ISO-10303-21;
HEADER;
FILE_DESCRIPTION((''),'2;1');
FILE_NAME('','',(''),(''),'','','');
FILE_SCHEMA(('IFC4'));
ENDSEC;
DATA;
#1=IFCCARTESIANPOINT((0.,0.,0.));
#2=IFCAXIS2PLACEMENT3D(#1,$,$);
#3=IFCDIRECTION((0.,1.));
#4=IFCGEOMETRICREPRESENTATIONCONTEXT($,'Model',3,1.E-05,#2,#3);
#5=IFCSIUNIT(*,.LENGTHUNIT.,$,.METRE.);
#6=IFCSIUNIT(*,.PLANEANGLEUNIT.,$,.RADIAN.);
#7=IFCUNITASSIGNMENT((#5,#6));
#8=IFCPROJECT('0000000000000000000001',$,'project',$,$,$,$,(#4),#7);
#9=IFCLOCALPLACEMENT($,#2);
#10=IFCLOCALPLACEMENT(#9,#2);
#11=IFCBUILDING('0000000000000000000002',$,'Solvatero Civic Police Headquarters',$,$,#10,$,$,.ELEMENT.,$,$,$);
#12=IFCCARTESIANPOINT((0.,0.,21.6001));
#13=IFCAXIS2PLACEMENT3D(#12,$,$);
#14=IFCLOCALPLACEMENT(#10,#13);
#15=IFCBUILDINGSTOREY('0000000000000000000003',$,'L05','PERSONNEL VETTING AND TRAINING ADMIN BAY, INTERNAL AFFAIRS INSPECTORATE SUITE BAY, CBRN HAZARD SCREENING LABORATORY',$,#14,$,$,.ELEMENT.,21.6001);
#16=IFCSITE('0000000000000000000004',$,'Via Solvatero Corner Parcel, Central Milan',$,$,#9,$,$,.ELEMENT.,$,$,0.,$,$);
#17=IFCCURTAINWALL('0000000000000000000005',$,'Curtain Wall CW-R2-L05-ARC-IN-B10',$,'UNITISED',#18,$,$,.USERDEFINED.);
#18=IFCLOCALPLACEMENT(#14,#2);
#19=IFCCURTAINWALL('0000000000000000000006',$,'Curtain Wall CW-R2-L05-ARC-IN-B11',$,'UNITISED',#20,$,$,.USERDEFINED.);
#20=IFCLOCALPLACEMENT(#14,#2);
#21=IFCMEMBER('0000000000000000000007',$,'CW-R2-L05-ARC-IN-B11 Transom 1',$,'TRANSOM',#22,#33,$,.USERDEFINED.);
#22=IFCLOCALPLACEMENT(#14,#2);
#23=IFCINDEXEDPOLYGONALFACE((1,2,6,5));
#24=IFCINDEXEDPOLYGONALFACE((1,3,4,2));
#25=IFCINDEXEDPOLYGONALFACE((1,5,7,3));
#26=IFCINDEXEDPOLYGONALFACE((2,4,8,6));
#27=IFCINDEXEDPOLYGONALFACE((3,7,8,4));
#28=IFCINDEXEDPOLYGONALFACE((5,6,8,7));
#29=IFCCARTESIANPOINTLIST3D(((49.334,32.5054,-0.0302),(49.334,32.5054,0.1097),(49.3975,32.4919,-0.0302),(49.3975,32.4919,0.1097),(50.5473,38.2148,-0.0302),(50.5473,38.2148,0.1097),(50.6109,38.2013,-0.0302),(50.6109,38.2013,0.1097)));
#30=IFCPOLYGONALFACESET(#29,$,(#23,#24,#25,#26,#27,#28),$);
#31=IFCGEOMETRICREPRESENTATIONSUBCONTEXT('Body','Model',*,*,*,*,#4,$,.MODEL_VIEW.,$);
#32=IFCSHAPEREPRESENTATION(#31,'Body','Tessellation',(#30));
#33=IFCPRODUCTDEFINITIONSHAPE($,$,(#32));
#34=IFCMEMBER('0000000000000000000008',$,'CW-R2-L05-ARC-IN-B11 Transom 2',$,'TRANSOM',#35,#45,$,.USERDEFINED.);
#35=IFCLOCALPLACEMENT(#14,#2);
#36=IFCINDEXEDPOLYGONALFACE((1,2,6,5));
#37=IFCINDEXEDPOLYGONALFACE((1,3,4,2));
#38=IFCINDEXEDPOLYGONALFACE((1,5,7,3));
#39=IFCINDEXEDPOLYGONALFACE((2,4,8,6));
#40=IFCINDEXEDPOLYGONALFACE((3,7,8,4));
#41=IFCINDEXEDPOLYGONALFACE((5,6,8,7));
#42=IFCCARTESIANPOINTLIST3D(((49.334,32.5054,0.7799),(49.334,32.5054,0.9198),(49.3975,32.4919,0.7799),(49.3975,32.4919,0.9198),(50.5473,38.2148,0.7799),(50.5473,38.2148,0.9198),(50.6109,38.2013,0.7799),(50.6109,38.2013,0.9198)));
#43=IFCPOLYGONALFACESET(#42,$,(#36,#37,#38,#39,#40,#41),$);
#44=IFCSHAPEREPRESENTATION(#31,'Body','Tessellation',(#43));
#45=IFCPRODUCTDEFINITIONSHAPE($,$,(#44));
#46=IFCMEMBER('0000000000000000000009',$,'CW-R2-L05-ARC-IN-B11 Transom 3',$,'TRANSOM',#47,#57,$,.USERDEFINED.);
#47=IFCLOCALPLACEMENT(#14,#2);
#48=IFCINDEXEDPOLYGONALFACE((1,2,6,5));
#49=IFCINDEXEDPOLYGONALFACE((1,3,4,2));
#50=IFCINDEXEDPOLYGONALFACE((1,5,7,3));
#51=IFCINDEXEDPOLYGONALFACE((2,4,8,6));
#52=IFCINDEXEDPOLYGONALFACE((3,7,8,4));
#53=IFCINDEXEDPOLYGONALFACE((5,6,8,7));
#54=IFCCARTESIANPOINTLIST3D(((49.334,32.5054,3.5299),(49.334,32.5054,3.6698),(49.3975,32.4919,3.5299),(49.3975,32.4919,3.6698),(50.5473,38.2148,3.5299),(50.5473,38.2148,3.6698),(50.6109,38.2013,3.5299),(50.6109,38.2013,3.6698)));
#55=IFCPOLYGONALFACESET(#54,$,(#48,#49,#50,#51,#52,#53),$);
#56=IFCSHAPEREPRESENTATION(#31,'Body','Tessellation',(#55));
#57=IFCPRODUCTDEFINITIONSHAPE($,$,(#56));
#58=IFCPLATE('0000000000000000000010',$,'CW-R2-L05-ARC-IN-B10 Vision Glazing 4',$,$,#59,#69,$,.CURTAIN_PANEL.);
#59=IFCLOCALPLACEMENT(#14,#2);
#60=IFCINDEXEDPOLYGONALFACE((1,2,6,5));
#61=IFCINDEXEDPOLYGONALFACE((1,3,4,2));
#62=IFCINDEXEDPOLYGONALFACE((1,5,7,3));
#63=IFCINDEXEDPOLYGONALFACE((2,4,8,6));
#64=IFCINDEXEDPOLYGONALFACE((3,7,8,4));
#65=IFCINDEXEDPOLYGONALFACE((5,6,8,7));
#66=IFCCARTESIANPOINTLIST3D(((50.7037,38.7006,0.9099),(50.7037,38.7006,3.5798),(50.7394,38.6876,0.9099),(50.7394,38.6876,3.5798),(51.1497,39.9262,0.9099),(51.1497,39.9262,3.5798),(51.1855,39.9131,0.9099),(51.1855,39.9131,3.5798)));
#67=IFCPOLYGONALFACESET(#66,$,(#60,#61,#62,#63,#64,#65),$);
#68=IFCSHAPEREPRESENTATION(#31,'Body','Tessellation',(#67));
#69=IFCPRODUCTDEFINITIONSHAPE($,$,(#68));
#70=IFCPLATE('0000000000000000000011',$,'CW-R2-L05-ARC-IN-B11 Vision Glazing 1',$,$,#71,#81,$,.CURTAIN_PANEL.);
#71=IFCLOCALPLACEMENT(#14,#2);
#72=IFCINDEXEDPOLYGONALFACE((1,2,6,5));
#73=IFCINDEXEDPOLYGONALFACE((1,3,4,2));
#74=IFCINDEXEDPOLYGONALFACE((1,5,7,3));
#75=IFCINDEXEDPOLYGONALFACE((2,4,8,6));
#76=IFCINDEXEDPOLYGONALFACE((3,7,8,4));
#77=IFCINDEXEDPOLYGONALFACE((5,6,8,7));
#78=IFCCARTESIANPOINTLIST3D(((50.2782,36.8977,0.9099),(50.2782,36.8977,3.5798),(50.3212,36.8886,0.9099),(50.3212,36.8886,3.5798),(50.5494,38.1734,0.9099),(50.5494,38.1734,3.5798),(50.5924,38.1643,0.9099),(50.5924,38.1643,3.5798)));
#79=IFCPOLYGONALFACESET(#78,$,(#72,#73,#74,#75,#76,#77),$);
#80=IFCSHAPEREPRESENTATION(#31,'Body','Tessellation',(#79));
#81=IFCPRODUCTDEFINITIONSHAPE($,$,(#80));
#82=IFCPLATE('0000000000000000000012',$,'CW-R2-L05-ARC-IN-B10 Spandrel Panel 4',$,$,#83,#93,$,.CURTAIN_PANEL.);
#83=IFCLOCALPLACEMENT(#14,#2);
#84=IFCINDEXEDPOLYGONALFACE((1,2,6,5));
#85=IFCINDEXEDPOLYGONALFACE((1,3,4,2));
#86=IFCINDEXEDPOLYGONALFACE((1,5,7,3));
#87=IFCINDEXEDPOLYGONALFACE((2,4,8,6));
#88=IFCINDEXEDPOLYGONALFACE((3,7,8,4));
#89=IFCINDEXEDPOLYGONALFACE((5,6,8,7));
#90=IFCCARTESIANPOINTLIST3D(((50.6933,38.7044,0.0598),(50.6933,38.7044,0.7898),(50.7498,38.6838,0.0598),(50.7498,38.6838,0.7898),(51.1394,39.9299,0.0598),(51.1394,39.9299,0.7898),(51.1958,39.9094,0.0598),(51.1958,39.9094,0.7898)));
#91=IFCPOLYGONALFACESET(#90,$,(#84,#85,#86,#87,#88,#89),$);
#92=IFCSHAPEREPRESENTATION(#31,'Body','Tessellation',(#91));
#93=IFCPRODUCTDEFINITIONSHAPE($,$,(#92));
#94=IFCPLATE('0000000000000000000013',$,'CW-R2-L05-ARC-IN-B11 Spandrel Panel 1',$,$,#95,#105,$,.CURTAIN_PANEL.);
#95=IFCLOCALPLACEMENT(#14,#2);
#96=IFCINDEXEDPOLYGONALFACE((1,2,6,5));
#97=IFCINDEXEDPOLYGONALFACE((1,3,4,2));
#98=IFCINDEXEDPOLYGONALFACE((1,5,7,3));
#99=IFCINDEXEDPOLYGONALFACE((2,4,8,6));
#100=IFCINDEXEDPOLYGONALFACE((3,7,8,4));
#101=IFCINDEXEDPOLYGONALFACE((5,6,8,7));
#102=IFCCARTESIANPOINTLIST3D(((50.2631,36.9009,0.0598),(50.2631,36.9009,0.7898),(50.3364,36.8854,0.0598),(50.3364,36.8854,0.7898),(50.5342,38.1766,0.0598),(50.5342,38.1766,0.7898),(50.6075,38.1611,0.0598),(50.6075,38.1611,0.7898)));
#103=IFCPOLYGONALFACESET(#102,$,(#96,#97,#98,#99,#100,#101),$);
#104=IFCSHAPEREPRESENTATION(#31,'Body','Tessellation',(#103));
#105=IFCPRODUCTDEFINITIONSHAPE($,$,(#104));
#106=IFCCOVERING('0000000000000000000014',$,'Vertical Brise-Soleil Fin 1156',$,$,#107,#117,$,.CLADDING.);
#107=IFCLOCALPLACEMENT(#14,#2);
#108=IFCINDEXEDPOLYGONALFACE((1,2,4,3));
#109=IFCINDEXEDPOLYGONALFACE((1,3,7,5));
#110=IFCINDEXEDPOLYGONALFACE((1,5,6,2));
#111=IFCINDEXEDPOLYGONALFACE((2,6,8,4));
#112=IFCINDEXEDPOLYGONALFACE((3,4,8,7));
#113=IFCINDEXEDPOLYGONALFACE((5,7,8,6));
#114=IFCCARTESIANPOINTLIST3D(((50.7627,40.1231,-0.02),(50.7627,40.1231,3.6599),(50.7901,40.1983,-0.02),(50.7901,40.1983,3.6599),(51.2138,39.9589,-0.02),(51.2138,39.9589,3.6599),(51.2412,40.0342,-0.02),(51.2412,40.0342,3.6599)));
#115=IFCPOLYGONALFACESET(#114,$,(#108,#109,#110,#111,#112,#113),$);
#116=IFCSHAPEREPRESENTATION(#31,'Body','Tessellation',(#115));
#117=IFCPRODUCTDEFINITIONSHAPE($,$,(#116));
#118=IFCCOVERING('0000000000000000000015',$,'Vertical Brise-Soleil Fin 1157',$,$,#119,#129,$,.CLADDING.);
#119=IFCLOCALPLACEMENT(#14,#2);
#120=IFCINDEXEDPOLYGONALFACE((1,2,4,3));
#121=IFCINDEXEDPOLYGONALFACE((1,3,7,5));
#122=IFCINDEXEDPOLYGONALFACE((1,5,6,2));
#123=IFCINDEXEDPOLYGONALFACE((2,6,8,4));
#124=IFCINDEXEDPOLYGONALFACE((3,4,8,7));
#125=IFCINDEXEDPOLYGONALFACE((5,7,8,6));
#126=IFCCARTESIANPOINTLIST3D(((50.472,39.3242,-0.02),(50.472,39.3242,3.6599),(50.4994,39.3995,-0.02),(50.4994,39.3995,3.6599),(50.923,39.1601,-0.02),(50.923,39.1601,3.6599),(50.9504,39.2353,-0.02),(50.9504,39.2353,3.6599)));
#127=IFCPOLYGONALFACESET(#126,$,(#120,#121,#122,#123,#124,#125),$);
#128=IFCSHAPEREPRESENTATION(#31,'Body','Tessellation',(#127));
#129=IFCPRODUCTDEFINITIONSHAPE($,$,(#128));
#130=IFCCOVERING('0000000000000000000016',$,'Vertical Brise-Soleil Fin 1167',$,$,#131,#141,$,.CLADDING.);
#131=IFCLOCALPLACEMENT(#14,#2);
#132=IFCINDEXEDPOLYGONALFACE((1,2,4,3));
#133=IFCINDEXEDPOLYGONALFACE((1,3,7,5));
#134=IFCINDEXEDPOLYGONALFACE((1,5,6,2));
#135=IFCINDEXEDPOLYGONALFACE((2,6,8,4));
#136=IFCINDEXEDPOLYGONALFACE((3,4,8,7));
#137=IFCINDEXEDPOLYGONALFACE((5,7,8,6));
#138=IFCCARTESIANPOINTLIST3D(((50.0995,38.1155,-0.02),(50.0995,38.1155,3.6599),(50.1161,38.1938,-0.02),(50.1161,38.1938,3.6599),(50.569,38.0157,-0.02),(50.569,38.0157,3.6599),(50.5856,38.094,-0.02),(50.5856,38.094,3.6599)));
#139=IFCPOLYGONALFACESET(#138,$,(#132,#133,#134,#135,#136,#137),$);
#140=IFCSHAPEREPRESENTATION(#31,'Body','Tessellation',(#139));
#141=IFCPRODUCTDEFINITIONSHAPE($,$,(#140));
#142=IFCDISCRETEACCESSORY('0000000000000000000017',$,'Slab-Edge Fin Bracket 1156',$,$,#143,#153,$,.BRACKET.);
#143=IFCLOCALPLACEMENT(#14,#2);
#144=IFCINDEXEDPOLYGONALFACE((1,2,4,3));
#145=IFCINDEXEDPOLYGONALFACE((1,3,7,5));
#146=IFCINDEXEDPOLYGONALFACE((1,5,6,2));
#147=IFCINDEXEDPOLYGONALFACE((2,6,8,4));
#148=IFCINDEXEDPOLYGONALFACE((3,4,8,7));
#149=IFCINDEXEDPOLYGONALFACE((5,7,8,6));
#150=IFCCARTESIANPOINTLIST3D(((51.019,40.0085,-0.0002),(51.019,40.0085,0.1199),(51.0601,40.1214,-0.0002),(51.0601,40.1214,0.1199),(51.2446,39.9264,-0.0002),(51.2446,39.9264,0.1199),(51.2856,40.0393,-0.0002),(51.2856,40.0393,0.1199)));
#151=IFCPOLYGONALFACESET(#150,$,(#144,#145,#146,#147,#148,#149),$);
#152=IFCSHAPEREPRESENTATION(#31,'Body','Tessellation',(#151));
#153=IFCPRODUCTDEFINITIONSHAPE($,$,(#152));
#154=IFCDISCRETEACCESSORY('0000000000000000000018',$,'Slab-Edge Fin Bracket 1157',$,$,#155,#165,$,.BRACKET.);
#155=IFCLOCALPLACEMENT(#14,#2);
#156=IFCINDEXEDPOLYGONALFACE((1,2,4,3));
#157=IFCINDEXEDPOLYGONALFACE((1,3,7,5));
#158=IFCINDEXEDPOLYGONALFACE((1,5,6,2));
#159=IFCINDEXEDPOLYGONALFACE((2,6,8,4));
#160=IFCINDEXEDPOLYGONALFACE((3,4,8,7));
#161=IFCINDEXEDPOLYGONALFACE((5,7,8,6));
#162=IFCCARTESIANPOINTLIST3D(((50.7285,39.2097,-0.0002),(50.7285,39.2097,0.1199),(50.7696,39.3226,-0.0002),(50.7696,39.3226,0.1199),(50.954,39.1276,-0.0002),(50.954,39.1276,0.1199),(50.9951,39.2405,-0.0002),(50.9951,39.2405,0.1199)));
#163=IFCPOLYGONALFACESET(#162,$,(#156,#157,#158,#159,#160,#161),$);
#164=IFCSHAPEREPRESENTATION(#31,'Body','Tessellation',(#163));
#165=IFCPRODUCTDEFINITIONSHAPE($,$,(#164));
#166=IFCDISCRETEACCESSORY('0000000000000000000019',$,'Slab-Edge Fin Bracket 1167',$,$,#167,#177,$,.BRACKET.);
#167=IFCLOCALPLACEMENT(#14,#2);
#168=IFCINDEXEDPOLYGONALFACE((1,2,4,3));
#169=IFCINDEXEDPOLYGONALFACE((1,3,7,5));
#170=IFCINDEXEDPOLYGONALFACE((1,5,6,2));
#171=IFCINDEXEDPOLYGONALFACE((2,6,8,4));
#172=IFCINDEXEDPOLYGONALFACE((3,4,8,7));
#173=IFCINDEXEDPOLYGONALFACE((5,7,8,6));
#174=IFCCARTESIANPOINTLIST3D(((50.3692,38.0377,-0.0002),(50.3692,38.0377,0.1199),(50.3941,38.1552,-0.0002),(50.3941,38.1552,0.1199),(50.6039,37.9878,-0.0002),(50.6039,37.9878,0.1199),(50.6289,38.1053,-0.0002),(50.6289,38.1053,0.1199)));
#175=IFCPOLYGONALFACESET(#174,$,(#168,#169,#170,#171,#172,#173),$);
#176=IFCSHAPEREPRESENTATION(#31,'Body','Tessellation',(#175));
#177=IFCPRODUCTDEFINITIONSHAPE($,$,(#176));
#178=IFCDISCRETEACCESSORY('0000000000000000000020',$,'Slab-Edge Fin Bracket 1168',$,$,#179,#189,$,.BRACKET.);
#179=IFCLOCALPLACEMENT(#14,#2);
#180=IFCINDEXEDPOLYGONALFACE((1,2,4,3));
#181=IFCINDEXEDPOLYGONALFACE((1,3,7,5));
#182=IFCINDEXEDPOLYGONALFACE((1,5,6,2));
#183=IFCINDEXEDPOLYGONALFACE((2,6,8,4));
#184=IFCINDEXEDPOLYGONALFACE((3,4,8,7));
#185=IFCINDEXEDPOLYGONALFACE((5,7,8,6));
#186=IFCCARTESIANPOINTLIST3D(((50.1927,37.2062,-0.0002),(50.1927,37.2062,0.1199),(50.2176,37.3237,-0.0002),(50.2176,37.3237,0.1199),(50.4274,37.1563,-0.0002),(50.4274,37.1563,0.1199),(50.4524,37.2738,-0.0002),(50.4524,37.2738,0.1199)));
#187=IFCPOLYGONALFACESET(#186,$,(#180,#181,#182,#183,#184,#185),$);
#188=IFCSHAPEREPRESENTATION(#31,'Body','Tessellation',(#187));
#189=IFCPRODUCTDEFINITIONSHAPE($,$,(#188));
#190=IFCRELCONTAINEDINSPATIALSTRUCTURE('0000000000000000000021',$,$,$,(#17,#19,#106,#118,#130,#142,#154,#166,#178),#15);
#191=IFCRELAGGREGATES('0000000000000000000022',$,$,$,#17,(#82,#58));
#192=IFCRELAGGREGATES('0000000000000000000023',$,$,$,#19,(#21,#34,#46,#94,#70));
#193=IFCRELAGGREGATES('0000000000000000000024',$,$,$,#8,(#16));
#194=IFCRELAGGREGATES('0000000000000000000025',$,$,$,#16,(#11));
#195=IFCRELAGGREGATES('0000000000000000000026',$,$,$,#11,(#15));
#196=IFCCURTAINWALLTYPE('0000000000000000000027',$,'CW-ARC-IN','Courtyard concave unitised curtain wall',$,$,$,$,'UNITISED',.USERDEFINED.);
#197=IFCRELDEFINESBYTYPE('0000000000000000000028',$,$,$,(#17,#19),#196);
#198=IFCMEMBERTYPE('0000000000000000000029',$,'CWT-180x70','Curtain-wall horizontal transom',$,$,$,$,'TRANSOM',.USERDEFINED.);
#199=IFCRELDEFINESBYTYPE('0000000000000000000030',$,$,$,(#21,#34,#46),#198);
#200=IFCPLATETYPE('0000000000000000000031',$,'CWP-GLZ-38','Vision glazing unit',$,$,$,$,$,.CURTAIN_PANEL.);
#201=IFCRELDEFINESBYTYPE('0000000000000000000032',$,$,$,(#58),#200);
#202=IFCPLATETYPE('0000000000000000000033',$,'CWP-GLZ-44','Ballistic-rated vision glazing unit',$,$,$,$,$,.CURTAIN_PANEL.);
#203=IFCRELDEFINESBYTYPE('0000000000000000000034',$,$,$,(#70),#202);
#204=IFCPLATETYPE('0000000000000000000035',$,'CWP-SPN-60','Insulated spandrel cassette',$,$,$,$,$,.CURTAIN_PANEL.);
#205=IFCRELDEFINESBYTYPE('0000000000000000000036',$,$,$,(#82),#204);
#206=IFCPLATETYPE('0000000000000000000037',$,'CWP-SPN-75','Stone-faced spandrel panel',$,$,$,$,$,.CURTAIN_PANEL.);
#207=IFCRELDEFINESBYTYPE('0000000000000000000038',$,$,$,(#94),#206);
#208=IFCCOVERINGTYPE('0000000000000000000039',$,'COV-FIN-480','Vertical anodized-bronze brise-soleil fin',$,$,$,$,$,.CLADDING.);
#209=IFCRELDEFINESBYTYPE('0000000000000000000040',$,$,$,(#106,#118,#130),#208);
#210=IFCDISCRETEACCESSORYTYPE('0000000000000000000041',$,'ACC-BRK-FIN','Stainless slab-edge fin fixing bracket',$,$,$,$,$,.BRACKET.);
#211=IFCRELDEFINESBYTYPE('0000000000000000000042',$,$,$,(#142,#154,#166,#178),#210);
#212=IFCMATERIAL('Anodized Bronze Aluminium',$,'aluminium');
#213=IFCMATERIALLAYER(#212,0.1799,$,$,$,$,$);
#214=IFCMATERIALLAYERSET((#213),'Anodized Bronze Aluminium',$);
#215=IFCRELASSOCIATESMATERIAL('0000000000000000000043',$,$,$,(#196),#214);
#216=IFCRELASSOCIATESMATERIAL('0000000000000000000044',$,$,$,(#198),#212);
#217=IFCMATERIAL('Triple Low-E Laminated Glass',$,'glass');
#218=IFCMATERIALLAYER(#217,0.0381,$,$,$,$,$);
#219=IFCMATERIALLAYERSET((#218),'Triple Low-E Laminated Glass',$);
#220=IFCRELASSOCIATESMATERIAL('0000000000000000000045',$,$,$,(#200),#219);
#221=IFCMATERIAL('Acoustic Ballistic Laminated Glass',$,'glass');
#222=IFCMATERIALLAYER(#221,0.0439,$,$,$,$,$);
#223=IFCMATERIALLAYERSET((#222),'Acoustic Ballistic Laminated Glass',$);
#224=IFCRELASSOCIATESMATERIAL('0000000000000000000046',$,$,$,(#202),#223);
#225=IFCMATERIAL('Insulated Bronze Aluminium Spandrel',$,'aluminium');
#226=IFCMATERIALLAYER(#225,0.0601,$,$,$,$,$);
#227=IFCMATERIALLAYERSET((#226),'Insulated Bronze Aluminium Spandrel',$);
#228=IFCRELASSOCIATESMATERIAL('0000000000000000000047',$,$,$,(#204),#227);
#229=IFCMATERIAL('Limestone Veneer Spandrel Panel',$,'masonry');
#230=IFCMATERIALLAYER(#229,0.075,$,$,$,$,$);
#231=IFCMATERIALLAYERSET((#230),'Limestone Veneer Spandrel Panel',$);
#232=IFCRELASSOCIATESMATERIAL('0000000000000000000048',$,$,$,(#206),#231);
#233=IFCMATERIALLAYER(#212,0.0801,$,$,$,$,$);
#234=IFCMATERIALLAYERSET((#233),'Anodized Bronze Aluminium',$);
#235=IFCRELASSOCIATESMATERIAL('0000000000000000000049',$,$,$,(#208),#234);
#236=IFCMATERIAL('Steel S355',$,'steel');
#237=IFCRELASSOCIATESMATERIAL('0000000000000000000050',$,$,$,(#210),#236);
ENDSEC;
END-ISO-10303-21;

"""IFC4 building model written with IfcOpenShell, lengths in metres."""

from ifc_helpers import new_model, si_unit, direction, frame, origin, origin_2d, place, context, subcontext, project, spatial, rectangle, extrude, material, layer, layer_set, material_profile, profile_set, type_object, element, aggregate, save


model = new_model("IFC4")

# Units and contexts
model_context = context("Model", 3, precision=1e-05, world=origin(), true_north=direction((0.0, 1.0)))
body_context = subcontext(model_context, "Body", "Model", "MODEL_VIEW")
ifc_project = project(units=[si_unit("LENGTHUNIT", "METRE"), si_unit("PLANEANGLEUNIT", "RADIAN")], contexts=[model_context])

# Site, building, storey
site_placement = place(None, origin())
site = spatial("IfcSite", under=ifc_project, at=site_placement, Name="Via Solvatero Corner Parcel, Central Milan", CompositionType="ELEMENT", RefElevation=0.0)
building_placement = place(site_placement, origin())
building = spatial("IfcBuilding", under=site, at=building_placement, Name="Solvatero Civic Police Headquarters", CompositionType="ELEMENT")
storey_placement = place(building_placement, frame((0.0, 0.0, 21.6001)))
storey = spatial("IfcBuildingStorey", under=building, at=storey_placement, Name="L05", Description="PERSONNEL VETTING AND TRAINING ADMIN BAY, INTERNAL AFFAIRS INSPECTORATE SUITE BAY, CBRN HAZARD SCREENING LABORATORY", CompositionType="ELEMENT", Elevation=21.6001)

# Shared definitions
ifc_material_1 = material(Name="Steel S355", Category="steel")

# Curtain walls, members
ifc_material_2 = material(Name="Anodized Bronze Aluminium", Category="aluminium")
ifc_layer_1 = layer(ifc_material_2, 0.1799)
ifc_layer_set_1 = layer_set([ifc_layer_1], Name="Anodized Bronze Aluminium")
curtain_wall_type = type_object("IfcCurtainWallType", Name="CW-ARC-IN", Description="Courtyard concave unitised curtain wall", ElementType="UNITISED", PredefinedType="USERDEFINED", material=ifc_layer_set_1)
curtain_wall_1_placement = place(storey_placement, origin())
curtain_wall_1 = element("IfcCurtainWall", 1, at=curtain_wall_1_placement, inside=storey, type_object=curtain_wall_type, Name="Curtain Wall CW-R2-L05-ARC-IN-B10", ObjectType="UNITISED", PredefinedType="USERDEFINED")
curtain_wall_2_placement = place(storey_placement, origin())
curtain_wall_2 = element("IfcCurtainWall", 2, at=curtain_wall_2_placement, inside=storey, type_object=curtain_wall_type, Name="Curtain Wall CW-R2-L05-ARC-IN-B11", ObjectType="UNITISED", PredefinedType="USERDEFINED")
ifc_material_profile_1 = material_profile(ifc_material_2, rectangle(XDim=0.0649, YDim=0.1399, at=origin_2d()), Name="ALU TRANSOM 65x140")
ifc_profile_set_1 = profile_set([ifc_material_profile_1], Name="Anodized Bronze Aluminium")
member_type_1 = type_object("IfcMemberType", Name="CWT-180x70", Description="Curtain-wall horizontal transom", ElementType="TRANSOM", PredefinedType="USERDEFINED", material=ifc_profile_set_1)
member_1_placement = place(storey_placement, frame((50.5791, 38.208, 0.0398), z_axis=(-0.207878, -0.978155, 0.0), x_axis=(0.978155, -0.207878, 0.0)))
member_1 = element("IfcMember", 3, at=member_1_placement, type_object=member_type_1, Name="CW-R2-L05-ARC-IN-B11 Transom 1", ObjectType="TRANSOM", PredefinedType="USERDEFINED", context=body_context, shape_type="SweptSolid", body=[
    extrude(rectangle(XDim=0.0649, YDim=0.1399, at=origin_2d()), origin(), (0.0, 0.0, 1.0), 5.8369),
])
member_2_placement = place(storey_placement, frame((50.5791, 38.208, 0.8499), z_axis=(-0.207878, -0.978155, 0.0), x_axis=(0.978155, -0.207878, 0.0)))
member_2 = element("IfcMember", 4, at=member_2_placement, type_object=member_type_1, Name="CW-R2-L05-ARC-IN-B11 Transom 2", ObjectType="TRANSOM", PredefinedType="USERDEFINED", context=body_context, shape_type="SweptSolid", body=[
    extrude(rectangle(XDim=0.0649, YDim=0.1399, at=origin_2d()), origin(), (0.0, 0.0, 1.0), 5.8369),
])
member_3_placement = place(storey_placement, frame((50.5791, 38.208, 3.5999), z_axis=(-0.207878, -0.978155, 0.0), x_axis=(0.978155, -0.207878, 0.0)))
member_3 = element("IfcMember", 5, at=member_3_placement, type_object=member_type_1, Name="CW-R2-L05-ARC-IN-B11 Transom 3", ObjectType="TRANSOM", PredefinedType="USERDEFINED", context=body_context, shape_type="SweptSolid", body=[
    extrude(rectangle(XDim=0.0649, YDim=0.1399, at=origin_2d()), origin(), (0.0, 0.0, 1.0), 5.8369),
])

# Plates
ifc_material_3 = material(Name="Triple Low-E Laminated Glass", Category="glass")
ifc_layer_2 = layer(ifc_material_3, 0.0381)
ifc_layer_set_2 = layer_set([ifc_layer_2], Name="Triple Low-E Laminated Glass")
plate_type_1 = type_object("IfcPlateType", Name="CWP-GLZ-38", Description="Vision glazing unit", PredefinedType="CURTAIN_PANEL", material=ifc_layer_set_2)
plate_1_placement = place(storey_placement, frame((50.9446, 39.3069, 0.9099), z_axis=(0.0, 0.0, 1.0), x_axis=(-0.34202, -0.939693, 0.0)))
plate_1 = element("IfcPlate", 6, at=plate_1_placement, type_object=plate_type_1, Name="CW-R2-L05-ARC-IN-B10 Vision Glazing 4", PredefinedType="CURTAIN_PANEL", context=body_context, shape_type="SweptSolid", body=[
    extrude(rectangle(XDim=1.3042, YDim=0.0381, at=origin_2d()), origin(), (0.0, 0.0, 1.0), 2.6699),
])
ifc_material_4 = material(Name="Acoustic Ballistic Laminated Glass", Category="glass")
ifc_layer_3 = layer(ifc_material_4, 0.0439)
ifc_layer_set_3 = layer_set([ifc_layer_3], Name="Acoustic Ballistic Laminated Glass")
plate_type_2 = type_object("IfcPlateType", Name="CWP-GLZ-44", Description="Ballistic-rated vision glazing unit", PredefinedType="CURTAIN_PANEL", material=ifc_layer_set_3)
plate_2_placement = place(storey_placement, frame((50.4353, 37.531, 0.9099), z_axis=(0.0, 0.0, 1.0), x_axis=(-0.207895, -0.978151, 0.0)))
plate_2 = element("IfcPlate", 7, at=plate_2_placement, type_object=plate_type_2, Name="CW-R2-L05-ARC-IN-B11 Vision Glazing 1", PredefinedType="CURTAIN_PANEL", context=body_context, shape_type="SweptSolid", body=[
    extrude(rectangle(XDim=1.3042, YDim=0.0439, at=origin_2d()), origin(), (0.0, 0.0, 1.0), 2.6699),
])
ifc_material_5 = material(Name="Insulated Bronze Aluminium Spandrel", Category="aluminium")
ifc_layer_4 = layer(ifc_material_5, 0.0601)
ifc_layer_set_4 = layer_set([ifc_layer_4], Name="Insulated Bronze Aluminium Spandrel")
plate_type_3 = type_object("IfcPlateType", Name="CWP-SPN-60", Description="Insulated spandrel cassette", PredefinedType="CURTAIN_PANEL", material=ifc_layer_set_4)
plate_3_placement = place(storey_placement, frame((50.9446, 39.3069, 0.0598), z_axis=(0.0, 0.0, 1.0), x_axis=(-0.34202, -0.939693, 0.0)))
plate_3 = element("IfcPlate", 8, at=plate_3_placement, type_object=plate_type_3, Name="CW-R2-L05-ARC-IN-B10 Spandrel Panel 4", PredefinedType="CURTAIN_PANEL", context=body_context, shape_type="SweptSolid", body=[
    extrude(rectangle(XDim=1.3042, YDim=0.0601, at=origin_2d()), origin(), (0.0, 0.0, 1.0), 0.73),
])
aggregate(curtain_wall_1, [plate_3, plate_1])
ifc_material_6 = material(Name="Limestone Veneer Spandrel Panel", Category="masonry")
ifc_layer_5 = layer(ifc_material_6, 0.075)
ifc_layer_set_5 = layer_set([ifc_layer_5], Name="Limestone Veneer Spandrel Panel")
plate_type_4 = type_object("IfcPlateType", Name="CWP-SPN-75", Description="Stone-faced spandrel panel", PredefinedType="CURTAIN_PANEL", material=ifc_layer_set_5)
plate_4_placement = place(storey_placement, frame((50.4353, 37.531, 0.0598), z_axis=(0.0, 0.0, 1.0), x_axis=(-0.207895, -0.978151, 0.0)))
plate_4 = element("IfcPlate", 9, at=plate_4_placement, type_object=plate_type_4, Name="CW-R2-L05-ARC-IN-B11 Spandrel Panel 1", PredefinedType="CURTAIN_PANEL", context=body_context, shape_type="SweptSolid", body=[
    extrude(rectangle(XDim=1.3042, YDim=0.075, at=origin_2d()), origin(), (0.0, 0.0, 1.0), 0.73),
])
aggregate(curtain_wall_2, [member_1, member_2, member_3, plate_4, plate_2])

# Coverings
ifc_layer_6 = layer(ifc_material_2, 0.0801)
ifc_layer_set_6 = layer_set([ifc_layer_6], Name="Anodized Bronze Aluminium")
covering_type = type_object("IfcCoveringType", Name="COV-FIN-480", Description="Vertical anodized-bronze brise-soleil fin", PredefinedType="CLADDING", material=ifc_layer_set_6)
for number, where, z_axis, x_axis, name in (
    (10, (51.002, 40.0786, -0.02), (0.0, 0.0, 1.0), (-0.34202, -0.939693, 0.0), "Vertical Brise-Soleil Fin 1156"),
    (11, (50.7112, 39.2798, -0.02), (0.0, 0.0, 1.0), (-0.34202, -0.939693, 0.0), "Vertical Brise-Soleil Fin 1157"),
    (12, (50.3425, 38.1047, -0.02), (0.0, 0.0, 1.0), (-0.207895, -0.978151, 0.0), "Vertical Brise-Soleil Fin 1167"),
):
    element("IfcCovering", number, at=place(storey_placement, frame(where, z_axis=z_axis, x_axis=x_axis)), inside=storey, type_object=covering_type, Name=name, PredefinedType="CLADDING", context=body_context, shape_type="SweptSolid", body=[
        extrude(rectangle(XDim=0.0801, YDim=0.48, at=origin_2d()), origin(), (0.0, 0.0, 1.0), 3.6799),
    ])

# Discrete accessories
discrete_accessory_type = type_object("IfcDiscreteAccessoryType", Name="ACC-BRK-FIN", Description="Stainless slab-edge fin fixing bracket", PredefinedType="BRACKET", material=ifc_material_1)
for number, where, z_axis, x_axis, name in (
    (13, (51.1523, 40.0239, -0.0002), (0.0, 0.0, 1.0), (-0.34202, -0.939693, 0.0), "Slab-Edge Fin Bracket 1156"),
    (14, (50.8618, 39.2251, -0.0002), (0.0, 0.0, 1.0), (-0.34202, -0.939693, 0.0), "Slab-Edge Fin Bracket 1157"),
    (15, (50.499, 38.0715, -0.0002), (0.0, 0.0, 1.0), (-0.207895, -0.978151, 0.0), "Slab-Edge Fin Bracket 1167"),
    (16, (50.3225, 37.24, -0.0002), (0.0, 0.0, 1.0), (-0.207895, -0.978151, 0.0), "Slab-Edge Fin Bracket 1168"),
):
    element("IfcDiscreteAccessory", number, at=place(storey_placement, frame(where, z_axis=z_axis, x_axis=x_axis)), inside=storey, type_object=discrete_accessory_type, Name=name, PredefinedType="BRACKET", context=body_context, shape_type="SweptSolid", body=[
        extrude(rectangle(XDim=0.1201, YDim=0.24, at=origin_2d()), origin(), (0.0, 0.0, 1.0), 0.1201),
    ])

save(model, "model.ifc")
